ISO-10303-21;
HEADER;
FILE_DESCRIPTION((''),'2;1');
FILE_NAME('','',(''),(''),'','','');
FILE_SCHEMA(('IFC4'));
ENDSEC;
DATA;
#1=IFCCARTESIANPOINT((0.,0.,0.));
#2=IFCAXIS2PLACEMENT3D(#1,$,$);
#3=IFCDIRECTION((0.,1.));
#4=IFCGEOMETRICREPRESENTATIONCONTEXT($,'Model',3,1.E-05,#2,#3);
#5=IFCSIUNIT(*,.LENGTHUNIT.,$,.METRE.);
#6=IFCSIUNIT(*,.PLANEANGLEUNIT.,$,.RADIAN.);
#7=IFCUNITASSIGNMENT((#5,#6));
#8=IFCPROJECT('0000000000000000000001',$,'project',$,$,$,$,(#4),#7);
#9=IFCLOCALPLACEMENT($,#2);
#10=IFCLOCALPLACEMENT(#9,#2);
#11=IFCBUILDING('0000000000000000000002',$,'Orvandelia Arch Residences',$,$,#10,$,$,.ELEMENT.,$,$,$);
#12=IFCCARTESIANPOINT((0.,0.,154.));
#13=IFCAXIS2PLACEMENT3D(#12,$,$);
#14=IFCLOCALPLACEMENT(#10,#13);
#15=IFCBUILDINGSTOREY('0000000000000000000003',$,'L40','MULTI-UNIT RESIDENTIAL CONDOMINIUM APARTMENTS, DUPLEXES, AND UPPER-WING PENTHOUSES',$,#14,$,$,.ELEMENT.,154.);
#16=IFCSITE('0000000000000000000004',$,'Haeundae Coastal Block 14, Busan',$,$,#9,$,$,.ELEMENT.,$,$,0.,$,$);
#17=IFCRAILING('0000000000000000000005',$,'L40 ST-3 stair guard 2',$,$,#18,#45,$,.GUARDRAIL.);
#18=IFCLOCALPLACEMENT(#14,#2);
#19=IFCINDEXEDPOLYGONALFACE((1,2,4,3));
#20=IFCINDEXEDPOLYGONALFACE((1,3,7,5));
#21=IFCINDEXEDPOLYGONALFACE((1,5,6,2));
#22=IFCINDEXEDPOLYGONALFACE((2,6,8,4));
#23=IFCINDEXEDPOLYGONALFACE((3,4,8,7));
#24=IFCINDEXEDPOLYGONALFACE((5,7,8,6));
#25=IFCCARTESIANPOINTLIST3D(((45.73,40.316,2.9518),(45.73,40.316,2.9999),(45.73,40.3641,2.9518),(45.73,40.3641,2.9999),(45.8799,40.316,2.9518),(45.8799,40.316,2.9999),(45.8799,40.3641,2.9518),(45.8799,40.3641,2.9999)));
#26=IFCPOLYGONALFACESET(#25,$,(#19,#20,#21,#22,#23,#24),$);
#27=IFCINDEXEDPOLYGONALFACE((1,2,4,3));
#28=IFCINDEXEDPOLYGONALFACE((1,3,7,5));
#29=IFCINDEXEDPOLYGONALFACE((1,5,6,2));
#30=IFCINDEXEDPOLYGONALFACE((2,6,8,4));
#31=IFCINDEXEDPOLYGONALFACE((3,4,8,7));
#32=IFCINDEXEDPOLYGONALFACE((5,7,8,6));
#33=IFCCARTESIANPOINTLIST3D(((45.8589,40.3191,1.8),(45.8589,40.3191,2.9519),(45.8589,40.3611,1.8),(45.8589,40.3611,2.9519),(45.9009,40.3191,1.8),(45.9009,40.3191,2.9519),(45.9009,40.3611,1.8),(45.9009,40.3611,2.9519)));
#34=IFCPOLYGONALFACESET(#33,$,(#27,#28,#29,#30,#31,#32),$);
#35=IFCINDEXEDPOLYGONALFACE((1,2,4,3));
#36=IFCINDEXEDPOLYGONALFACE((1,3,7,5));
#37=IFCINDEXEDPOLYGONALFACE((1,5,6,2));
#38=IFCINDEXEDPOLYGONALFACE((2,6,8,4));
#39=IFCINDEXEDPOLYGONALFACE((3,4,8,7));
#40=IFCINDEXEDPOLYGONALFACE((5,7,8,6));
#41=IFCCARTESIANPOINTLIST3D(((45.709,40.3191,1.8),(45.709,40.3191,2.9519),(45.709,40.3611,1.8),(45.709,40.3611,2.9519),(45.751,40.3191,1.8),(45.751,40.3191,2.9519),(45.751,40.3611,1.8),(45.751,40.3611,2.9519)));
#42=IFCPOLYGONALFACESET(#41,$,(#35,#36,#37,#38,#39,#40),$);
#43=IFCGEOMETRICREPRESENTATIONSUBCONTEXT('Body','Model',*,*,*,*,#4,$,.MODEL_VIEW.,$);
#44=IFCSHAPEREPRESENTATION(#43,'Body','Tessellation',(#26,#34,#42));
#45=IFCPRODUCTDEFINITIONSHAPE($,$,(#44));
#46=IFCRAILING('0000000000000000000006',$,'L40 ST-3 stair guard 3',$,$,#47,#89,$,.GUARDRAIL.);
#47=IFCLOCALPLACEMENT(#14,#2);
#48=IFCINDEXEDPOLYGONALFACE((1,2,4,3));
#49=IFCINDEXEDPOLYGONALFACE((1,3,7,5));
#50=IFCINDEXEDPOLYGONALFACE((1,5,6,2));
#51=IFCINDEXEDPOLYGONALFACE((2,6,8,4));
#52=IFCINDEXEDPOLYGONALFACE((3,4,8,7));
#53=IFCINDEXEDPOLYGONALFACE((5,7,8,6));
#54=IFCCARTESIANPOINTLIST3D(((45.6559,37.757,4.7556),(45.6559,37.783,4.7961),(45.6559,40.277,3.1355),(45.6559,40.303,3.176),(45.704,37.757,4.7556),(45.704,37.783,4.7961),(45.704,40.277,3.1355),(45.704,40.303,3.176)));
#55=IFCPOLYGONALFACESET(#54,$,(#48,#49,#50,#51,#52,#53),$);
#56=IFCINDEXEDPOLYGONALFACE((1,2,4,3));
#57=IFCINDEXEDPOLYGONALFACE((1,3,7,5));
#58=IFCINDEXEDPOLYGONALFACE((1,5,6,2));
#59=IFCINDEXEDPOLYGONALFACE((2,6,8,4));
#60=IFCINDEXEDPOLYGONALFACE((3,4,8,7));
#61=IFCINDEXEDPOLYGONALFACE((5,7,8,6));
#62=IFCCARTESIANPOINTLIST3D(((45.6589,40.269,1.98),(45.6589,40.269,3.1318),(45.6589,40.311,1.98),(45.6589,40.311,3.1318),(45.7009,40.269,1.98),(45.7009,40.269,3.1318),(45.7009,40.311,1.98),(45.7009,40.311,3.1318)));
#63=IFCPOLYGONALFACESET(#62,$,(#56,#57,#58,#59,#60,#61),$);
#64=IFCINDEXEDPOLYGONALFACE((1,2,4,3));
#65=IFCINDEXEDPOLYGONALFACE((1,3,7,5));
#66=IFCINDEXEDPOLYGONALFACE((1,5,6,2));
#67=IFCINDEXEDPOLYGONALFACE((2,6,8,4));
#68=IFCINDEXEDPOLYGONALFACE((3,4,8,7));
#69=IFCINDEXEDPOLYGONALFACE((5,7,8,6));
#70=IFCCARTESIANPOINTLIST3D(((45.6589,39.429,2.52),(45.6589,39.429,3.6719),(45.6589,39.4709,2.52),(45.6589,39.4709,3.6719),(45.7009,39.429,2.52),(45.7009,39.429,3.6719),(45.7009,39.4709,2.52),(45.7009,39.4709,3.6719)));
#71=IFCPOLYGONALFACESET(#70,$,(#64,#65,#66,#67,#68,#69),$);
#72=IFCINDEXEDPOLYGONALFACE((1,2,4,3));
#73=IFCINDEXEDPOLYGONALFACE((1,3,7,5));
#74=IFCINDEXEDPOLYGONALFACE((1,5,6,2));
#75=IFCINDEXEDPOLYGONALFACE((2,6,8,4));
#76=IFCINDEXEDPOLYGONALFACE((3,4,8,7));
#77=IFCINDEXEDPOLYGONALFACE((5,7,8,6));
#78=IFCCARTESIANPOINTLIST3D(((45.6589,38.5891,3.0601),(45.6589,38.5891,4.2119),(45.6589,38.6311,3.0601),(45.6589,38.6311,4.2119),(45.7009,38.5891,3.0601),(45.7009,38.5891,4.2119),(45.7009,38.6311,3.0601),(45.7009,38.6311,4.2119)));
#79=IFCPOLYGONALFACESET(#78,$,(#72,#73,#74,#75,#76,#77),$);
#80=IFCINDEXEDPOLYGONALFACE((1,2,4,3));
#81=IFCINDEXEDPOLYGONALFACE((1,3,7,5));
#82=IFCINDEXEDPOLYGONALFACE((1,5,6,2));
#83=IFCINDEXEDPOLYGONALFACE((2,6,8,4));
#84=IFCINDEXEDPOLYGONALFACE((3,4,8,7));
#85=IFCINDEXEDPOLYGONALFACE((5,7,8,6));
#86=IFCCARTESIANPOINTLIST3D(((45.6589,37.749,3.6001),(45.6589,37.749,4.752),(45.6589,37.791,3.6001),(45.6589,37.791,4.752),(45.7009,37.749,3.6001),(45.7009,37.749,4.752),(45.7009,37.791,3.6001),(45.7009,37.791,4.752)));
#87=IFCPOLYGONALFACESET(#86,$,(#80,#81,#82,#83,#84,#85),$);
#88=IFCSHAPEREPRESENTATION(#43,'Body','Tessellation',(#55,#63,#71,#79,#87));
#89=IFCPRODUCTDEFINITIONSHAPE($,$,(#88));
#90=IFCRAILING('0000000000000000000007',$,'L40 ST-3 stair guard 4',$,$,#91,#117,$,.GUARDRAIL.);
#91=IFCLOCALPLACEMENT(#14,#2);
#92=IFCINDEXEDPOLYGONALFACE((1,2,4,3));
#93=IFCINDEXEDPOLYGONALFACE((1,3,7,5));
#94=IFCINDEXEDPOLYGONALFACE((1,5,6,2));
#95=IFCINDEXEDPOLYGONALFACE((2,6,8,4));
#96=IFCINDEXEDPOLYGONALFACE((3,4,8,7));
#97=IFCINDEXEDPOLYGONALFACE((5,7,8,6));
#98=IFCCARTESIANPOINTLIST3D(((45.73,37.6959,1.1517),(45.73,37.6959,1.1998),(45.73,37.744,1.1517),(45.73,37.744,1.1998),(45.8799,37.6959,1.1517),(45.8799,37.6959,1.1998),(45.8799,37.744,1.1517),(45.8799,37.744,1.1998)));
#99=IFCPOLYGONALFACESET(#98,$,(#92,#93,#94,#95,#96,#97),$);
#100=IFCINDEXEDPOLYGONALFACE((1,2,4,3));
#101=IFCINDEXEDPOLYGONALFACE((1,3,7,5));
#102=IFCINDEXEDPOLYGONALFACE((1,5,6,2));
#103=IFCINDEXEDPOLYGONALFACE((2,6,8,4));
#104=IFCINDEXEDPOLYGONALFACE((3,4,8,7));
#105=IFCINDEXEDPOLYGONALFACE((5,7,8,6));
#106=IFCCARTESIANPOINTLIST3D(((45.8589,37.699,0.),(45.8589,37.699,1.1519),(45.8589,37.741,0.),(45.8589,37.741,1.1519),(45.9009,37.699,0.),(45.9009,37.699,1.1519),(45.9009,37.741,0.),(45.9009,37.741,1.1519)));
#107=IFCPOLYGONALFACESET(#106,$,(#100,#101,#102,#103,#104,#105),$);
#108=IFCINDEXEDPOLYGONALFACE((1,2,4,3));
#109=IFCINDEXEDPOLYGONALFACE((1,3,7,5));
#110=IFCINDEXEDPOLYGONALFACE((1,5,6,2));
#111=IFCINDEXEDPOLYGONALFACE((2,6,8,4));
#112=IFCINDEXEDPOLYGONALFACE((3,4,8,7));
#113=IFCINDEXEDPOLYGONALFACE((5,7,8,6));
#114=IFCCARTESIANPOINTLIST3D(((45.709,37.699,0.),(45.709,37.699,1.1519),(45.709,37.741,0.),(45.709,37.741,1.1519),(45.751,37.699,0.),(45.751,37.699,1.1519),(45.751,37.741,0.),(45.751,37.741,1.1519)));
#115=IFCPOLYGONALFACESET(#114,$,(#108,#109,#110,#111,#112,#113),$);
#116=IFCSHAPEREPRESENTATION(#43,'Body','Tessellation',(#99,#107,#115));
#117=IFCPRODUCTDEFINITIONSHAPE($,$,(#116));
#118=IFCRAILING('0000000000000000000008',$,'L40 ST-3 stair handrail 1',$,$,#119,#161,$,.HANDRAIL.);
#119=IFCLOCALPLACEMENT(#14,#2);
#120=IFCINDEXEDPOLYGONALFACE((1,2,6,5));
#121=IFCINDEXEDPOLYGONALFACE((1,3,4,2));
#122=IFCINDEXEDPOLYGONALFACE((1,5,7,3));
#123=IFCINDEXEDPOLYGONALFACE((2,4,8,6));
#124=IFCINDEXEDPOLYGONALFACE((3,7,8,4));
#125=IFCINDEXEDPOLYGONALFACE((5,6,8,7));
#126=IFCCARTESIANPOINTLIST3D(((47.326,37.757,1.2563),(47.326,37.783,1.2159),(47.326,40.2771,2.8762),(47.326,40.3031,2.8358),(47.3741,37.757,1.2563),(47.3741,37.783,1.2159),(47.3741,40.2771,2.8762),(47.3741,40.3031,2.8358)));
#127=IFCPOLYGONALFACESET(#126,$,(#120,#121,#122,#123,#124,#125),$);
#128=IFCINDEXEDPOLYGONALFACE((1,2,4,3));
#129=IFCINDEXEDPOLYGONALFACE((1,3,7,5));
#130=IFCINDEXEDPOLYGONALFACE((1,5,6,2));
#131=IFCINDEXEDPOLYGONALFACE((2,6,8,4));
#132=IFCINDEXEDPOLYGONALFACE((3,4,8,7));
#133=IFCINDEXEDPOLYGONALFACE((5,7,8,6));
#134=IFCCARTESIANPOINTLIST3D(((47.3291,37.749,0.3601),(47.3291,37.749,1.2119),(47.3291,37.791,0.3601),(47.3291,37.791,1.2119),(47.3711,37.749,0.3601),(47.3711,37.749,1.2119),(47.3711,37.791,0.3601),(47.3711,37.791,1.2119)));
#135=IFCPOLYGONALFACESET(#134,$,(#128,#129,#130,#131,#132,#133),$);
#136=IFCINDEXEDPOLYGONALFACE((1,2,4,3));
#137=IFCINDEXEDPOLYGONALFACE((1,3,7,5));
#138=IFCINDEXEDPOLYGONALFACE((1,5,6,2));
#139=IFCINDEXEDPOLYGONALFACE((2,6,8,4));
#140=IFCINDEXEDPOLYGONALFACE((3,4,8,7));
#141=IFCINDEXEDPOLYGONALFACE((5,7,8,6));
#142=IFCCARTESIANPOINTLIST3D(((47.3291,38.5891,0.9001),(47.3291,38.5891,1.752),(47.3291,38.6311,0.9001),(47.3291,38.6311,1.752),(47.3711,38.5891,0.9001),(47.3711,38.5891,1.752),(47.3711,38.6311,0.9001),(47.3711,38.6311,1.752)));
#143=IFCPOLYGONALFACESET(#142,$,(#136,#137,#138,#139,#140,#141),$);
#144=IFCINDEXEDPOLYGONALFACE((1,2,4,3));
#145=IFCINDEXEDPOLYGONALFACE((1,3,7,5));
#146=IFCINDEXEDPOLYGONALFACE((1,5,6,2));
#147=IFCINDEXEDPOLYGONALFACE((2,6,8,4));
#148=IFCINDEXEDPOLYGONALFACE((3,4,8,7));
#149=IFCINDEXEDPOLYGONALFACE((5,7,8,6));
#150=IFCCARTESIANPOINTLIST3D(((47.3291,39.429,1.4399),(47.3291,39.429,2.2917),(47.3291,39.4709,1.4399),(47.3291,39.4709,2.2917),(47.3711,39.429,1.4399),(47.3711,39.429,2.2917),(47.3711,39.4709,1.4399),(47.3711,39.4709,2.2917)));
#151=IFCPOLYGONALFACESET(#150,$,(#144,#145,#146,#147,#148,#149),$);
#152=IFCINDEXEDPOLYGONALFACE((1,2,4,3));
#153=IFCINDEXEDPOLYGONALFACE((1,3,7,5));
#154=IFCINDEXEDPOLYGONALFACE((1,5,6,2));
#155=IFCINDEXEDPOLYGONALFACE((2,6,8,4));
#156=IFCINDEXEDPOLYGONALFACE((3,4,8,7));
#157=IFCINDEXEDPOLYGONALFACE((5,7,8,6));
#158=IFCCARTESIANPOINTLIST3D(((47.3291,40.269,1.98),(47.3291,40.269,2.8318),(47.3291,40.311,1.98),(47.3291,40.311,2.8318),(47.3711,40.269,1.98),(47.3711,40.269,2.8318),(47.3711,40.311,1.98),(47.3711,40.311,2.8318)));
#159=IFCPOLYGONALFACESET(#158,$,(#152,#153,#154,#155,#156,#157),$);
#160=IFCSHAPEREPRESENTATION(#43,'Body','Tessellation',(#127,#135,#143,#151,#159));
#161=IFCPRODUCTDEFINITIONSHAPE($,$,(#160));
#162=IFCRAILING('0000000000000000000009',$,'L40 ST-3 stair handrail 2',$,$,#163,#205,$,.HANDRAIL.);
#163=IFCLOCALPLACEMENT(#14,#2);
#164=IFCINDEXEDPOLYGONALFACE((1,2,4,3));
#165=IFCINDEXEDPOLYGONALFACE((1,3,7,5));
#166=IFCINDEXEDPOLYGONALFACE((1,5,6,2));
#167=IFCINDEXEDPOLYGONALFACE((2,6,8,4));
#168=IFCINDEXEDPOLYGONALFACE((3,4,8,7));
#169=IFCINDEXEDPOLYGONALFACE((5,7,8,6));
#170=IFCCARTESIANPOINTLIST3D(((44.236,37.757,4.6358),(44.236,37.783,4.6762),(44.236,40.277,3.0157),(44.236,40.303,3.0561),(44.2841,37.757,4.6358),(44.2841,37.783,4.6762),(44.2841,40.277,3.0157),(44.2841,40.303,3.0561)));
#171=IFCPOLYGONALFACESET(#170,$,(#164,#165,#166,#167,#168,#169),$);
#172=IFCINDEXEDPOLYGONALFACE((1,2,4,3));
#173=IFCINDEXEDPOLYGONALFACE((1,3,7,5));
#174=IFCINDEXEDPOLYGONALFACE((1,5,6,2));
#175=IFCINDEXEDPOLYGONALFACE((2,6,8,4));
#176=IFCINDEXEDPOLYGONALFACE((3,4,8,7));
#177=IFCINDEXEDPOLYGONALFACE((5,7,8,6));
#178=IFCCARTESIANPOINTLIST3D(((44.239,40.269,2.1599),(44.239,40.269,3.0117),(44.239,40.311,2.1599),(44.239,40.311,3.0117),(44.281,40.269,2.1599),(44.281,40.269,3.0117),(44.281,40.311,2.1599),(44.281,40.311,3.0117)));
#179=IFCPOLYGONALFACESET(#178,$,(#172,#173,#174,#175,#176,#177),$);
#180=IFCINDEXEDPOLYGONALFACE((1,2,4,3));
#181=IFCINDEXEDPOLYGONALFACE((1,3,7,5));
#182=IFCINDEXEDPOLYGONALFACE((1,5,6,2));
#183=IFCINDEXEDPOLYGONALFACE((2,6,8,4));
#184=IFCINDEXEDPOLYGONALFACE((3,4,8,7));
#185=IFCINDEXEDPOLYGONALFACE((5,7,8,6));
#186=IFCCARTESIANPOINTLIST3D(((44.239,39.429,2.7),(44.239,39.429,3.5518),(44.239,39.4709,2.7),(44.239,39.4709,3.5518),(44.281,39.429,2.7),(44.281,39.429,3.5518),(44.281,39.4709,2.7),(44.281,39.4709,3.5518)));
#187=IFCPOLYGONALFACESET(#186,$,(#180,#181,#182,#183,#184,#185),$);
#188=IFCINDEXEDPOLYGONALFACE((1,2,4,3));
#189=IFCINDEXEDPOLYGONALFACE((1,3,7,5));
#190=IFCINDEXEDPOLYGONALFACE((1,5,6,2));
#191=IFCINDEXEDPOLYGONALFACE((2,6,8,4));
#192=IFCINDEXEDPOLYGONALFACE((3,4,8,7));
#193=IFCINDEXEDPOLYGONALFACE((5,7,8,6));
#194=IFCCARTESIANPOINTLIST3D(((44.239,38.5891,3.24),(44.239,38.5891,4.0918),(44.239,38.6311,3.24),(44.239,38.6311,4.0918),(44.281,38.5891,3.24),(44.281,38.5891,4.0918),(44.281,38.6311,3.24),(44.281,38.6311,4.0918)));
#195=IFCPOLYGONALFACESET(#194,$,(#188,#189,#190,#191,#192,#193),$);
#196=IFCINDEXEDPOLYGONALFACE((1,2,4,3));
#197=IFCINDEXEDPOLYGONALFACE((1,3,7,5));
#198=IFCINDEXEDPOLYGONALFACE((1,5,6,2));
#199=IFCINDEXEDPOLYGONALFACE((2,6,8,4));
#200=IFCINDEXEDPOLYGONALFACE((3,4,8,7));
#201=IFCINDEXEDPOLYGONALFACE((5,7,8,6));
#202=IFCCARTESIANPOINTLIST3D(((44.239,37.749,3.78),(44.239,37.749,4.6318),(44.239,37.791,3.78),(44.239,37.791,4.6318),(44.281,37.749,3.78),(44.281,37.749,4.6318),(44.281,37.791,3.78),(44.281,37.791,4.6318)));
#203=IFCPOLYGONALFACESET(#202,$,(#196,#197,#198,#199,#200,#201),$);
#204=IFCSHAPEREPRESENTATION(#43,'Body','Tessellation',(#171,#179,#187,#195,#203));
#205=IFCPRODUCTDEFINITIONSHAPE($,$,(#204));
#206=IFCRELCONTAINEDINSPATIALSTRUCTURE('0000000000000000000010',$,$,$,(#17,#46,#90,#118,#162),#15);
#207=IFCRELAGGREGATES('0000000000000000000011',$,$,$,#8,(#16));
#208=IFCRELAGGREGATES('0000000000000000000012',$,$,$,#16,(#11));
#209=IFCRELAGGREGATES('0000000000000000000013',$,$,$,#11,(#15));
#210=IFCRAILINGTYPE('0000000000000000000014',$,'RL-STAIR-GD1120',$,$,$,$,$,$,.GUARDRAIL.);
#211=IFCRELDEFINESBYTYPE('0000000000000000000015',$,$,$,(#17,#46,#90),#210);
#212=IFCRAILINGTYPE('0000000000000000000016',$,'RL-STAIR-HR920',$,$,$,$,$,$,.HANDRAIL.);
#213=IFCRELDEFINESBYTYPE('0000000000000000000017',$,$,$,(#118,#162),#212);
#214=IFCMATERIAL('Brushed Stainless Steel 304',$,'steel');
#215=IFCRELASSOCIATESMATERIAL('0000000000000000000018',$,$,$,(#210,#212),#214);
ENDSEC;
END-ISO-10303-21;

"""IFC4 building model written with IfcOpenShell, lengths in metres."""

from ifc_helpers import new_model, si_unit, direction, frame, origin, origin_2d, place, context, subcontext, project, spatial, rectangle, extrude, material, type_object, element, save


model = new_model("IFC4")

# Units and contexts
model_context = context("Model", 3, precision=1e-05, world=origin(), true_north=direction((0.0, 1.0)))
body_context = subcontext(model_context, "Body", "Model", "MODEL_VIEW")
ifc_project = project(units=[si_unit("LENGTHUNIT", "METRE"), si_unit("PLANEANGLEUNIT", "RADIAN")], contexts=[model_context])

# Site, building, storey
site_placement = place(None, origin())
site = spatial("IfcSite", under=ifc_project, at=site_placement, Name="Haeundae Coastal Block 14, Busan", CompositionType="ELEMENT", RefElevation=0.0)
building_placement = place(site_placement, origin())
building = spatial("IfcBuilding", under=site, at=building_placement, Name="Orvandelia Arch Residences", CompositionType="ELEMENT")
storey_placement = place(building_placement, frame((0.0, 0.0, 154.0)))
storey = spatial("IfcBuildingStorey", under=building, at=storey_placement, Name="L40", Description="MULTI-UNIT RESIDENTIAL CONDOMINIUM APARTMENTS, DUPLEXES, AND UPPER-WING PENTHOUSES", CompositionType="ELEMENT", Elevation=154.0)

# Railings
ifc_material_1 = material(Name="Brushed Stainless Steel 304", Category="steel")
railing_type_1 = type_object("IfcRailingType", Name="RL-STAIR-GD1120", PredefinedType="GUARDRAIL", material=ifc_material_1)
railing_1_placement = place(storey_placement, frame((45.8799, 40.3401, 1.8)))
element("IfcRailing", 1, at=railing_1_placement, inside=storey, type_object=railing_type_1, Name="L40 ST-3 stair guard 2", PredefinedType="GUARDRAIL", context=body_context, shape_type="SweptSolid", body=[
    extrude(rectangle(XDim=0.0481, YDim=0.0481, at=origin_2d()), frame((0.0, 0.0, 1.1758), z_axis=(-1.0, 0.0, 0.0), x_axis=(0.0, -1.0, 0.0)), (0.0, 0.0, 1.0), 0.1499),
    extrude(rectangle(XDim=0.042, YDim=0.042, at=origin_2d()), origin(), (0.0, 0.0, 1.0), 1.1519),
    extrude(rectangle(XDim=0.042, YDim=0.042, at=origin_2d()), frame((-0.1499, 0.0, 0.0)), (0.0, 0.0, 1.0), 1.1519),
])
railing_2_placement = place(storey_placement, frame((45.6799, 40.29, 1.98)))
element("IfcRailing", 2, at=railing_2_placement, inside=storey, type_object=railing_type_1, Name="L40 ST-3 stair guard 3", PredefinedType="GUARDRAIL", context=body_context, shape_type="SweptSolid", body=[
    extrude(rectangle(XDim=0.0481, YDim=0.0481, at=origin_2d()), frame((0.0, 0.0, 1.1758), z_axis=(0.0, -0.841163, 0.540782), x_axis=(1.0, 0.0, 0.0)), (0.0, 0.0, 1.0), 2.9958),
    extrude(rectangle(XDim=0.042, YDim=0.042, at=origin_2d()), origin(), (0.0, 0.0, 1.0), 1.1519),
    extrude(rectangle(XDim=0.042, YDim=0.042, at=origin_2d()), frame((0.0, -0.8401, 0.54)), (0.0, 0.0, 1.0), 1.1519),
    extrude(rectangle(XDim=0.042, YDim=0.042, at=origin_2d()), frame((0.0, -1.6799, 1.0801)), (0.0, 0.0, 1.0), 1.1519),
    extrude(rectangle(XDim=0.042, YDim=0.042, at=origin_2d()), frame((0.0, -2.52, 1.6201)), (0.0, 0.0, 1.0), 1.1519),
])
railing_3_placement = place(storey_placement, frame((45.8799, 37.72, 0.0)))
element("IfcRailing", 3, at=railing_3_placement, inside=storey, type_object=railing_type_1, Name="L40 ST-3 stair guard 4", PredefinedType="GUARDRAIL", context=body_context, shape_type="SweptSolid", body=[
    extrude(rectangle(XDim=0.0481, YDim=0.0481, at=origin_2d()), frame((0.0, 0.0, 1.1758), z_axis=(-1.0, 0.0, 0.0), x_axis=(0.0, -1.0, 0.0)), (0.0, 0.0, 1.0), 0.1499),
    extrude(rectangle(XDim=0.042, YDim=0.042, at=origin_2d()), origin(), (0.0, 0.0, 1.0), 1.1519),
    extrude(rectangle(XDim=0.042, YDim=0.042, at=origin_2d()), frame((-0.1499, 0.0, 0.0)), (0.0, 0.0, 1.0), 1.1519),
])
railing_type_2 = type_object("IfcRailingType", Name="RL-STAIR-HR920", PredefinedType="HANDRAIL", material=ifc_material_1)
railing_4_placement = place(storey_placement, frame((47.3501, 37.77, 0.3601)))
element("IfcRailing", 4, at=railing_4_placement, inside=storey, type_object=railing_type_2, Name="L40 ST-3 stair handrail 1", PredefinedType="HANDRAIL", context=body_context, shape_type="SweptSolid", body=[
    extrude(rectangle(XDim=0.0481, YDim=0.0481, at=origin_2d()), frame((0.0, 0.0, 0.876), z_axis=(0.0, 0.8412, 0.540725), x_axis=(-1.0, 0.0, 0.0)), (0.0, 0.0, 1.0), 2.9958),
    extrude(rectangle(XDim=0.042, YDim=0.042, at=origin_2d()), origin(), (0.0, 0.0, 1.0), 0.8518),
    extrude(rectangle(XDim=0.042, YDim=0.042, at=origin_2d()), frame((0.0, 0.8401, 0.54)), (0.0, 0.0, 1.0), 0.8518),
    extrude(rectangle(XDim=0.042, YDim=0.042, at=origin_2d()), frame((0.0, 1.6799, 1.0798)), (0.0, 0.0, 1.0), 0.8518),
    extrude(rectangle(XDim=0.042, YDim=0.042, at=origin_2d()), frame((0.0, 2.52, 1.6199)), (0.0, 0.0, 1.0), 0.8518),
])
railing_5_placement = place(storey_placement, frame((44.26, 40.29, 2.1599)))
element("IfcRailing", 5, at=railing_5_placement, inside=storey, type_object=railing_type_2, Name="L40 ST-3 stair handrail 2", PredefinedType="HANDRAIL", context=body_context, shape_type="SweptSolid", body=[
    extrude(rectangle(XDim=0.0481, YDim=0.0481, at=origin_2d()), frame((0.0, 0.0, 0.876), z_axis=(0.0, -0.841163, 0.540782), x_axis=(1.0, 0.0, 0.0)), (0.0, 0.0, 1.0), 2.9958),
    extrude(rectangle(XDim=0.042, YDim=0.042, at=origin_2d()), origin(), (0.0, 0.0, 1.0), 0.8518),
    extrude(rectangle(XDim=0.042, YDim=0.042, at=origin_2d()), frame((0.0, -0.8401, 0.54)), (0.0, 0.0, 1.0), 0.8518),
    extrude(rectangle(XDim=0.042, YDim=0.042, at=origin_2d()), frame((0.0, -1.6799, 1.0801)), (0.0, 0.0, 1.0), 0.8518),
    extrude(rectangle(XDim=0.042, YDim=0.042, at=origin_2d()), frame((0.0, -2.52, 1.6201)), (0.0, 0.0, 1.0), 0.8518),
])

save(model, "model.ifc")
